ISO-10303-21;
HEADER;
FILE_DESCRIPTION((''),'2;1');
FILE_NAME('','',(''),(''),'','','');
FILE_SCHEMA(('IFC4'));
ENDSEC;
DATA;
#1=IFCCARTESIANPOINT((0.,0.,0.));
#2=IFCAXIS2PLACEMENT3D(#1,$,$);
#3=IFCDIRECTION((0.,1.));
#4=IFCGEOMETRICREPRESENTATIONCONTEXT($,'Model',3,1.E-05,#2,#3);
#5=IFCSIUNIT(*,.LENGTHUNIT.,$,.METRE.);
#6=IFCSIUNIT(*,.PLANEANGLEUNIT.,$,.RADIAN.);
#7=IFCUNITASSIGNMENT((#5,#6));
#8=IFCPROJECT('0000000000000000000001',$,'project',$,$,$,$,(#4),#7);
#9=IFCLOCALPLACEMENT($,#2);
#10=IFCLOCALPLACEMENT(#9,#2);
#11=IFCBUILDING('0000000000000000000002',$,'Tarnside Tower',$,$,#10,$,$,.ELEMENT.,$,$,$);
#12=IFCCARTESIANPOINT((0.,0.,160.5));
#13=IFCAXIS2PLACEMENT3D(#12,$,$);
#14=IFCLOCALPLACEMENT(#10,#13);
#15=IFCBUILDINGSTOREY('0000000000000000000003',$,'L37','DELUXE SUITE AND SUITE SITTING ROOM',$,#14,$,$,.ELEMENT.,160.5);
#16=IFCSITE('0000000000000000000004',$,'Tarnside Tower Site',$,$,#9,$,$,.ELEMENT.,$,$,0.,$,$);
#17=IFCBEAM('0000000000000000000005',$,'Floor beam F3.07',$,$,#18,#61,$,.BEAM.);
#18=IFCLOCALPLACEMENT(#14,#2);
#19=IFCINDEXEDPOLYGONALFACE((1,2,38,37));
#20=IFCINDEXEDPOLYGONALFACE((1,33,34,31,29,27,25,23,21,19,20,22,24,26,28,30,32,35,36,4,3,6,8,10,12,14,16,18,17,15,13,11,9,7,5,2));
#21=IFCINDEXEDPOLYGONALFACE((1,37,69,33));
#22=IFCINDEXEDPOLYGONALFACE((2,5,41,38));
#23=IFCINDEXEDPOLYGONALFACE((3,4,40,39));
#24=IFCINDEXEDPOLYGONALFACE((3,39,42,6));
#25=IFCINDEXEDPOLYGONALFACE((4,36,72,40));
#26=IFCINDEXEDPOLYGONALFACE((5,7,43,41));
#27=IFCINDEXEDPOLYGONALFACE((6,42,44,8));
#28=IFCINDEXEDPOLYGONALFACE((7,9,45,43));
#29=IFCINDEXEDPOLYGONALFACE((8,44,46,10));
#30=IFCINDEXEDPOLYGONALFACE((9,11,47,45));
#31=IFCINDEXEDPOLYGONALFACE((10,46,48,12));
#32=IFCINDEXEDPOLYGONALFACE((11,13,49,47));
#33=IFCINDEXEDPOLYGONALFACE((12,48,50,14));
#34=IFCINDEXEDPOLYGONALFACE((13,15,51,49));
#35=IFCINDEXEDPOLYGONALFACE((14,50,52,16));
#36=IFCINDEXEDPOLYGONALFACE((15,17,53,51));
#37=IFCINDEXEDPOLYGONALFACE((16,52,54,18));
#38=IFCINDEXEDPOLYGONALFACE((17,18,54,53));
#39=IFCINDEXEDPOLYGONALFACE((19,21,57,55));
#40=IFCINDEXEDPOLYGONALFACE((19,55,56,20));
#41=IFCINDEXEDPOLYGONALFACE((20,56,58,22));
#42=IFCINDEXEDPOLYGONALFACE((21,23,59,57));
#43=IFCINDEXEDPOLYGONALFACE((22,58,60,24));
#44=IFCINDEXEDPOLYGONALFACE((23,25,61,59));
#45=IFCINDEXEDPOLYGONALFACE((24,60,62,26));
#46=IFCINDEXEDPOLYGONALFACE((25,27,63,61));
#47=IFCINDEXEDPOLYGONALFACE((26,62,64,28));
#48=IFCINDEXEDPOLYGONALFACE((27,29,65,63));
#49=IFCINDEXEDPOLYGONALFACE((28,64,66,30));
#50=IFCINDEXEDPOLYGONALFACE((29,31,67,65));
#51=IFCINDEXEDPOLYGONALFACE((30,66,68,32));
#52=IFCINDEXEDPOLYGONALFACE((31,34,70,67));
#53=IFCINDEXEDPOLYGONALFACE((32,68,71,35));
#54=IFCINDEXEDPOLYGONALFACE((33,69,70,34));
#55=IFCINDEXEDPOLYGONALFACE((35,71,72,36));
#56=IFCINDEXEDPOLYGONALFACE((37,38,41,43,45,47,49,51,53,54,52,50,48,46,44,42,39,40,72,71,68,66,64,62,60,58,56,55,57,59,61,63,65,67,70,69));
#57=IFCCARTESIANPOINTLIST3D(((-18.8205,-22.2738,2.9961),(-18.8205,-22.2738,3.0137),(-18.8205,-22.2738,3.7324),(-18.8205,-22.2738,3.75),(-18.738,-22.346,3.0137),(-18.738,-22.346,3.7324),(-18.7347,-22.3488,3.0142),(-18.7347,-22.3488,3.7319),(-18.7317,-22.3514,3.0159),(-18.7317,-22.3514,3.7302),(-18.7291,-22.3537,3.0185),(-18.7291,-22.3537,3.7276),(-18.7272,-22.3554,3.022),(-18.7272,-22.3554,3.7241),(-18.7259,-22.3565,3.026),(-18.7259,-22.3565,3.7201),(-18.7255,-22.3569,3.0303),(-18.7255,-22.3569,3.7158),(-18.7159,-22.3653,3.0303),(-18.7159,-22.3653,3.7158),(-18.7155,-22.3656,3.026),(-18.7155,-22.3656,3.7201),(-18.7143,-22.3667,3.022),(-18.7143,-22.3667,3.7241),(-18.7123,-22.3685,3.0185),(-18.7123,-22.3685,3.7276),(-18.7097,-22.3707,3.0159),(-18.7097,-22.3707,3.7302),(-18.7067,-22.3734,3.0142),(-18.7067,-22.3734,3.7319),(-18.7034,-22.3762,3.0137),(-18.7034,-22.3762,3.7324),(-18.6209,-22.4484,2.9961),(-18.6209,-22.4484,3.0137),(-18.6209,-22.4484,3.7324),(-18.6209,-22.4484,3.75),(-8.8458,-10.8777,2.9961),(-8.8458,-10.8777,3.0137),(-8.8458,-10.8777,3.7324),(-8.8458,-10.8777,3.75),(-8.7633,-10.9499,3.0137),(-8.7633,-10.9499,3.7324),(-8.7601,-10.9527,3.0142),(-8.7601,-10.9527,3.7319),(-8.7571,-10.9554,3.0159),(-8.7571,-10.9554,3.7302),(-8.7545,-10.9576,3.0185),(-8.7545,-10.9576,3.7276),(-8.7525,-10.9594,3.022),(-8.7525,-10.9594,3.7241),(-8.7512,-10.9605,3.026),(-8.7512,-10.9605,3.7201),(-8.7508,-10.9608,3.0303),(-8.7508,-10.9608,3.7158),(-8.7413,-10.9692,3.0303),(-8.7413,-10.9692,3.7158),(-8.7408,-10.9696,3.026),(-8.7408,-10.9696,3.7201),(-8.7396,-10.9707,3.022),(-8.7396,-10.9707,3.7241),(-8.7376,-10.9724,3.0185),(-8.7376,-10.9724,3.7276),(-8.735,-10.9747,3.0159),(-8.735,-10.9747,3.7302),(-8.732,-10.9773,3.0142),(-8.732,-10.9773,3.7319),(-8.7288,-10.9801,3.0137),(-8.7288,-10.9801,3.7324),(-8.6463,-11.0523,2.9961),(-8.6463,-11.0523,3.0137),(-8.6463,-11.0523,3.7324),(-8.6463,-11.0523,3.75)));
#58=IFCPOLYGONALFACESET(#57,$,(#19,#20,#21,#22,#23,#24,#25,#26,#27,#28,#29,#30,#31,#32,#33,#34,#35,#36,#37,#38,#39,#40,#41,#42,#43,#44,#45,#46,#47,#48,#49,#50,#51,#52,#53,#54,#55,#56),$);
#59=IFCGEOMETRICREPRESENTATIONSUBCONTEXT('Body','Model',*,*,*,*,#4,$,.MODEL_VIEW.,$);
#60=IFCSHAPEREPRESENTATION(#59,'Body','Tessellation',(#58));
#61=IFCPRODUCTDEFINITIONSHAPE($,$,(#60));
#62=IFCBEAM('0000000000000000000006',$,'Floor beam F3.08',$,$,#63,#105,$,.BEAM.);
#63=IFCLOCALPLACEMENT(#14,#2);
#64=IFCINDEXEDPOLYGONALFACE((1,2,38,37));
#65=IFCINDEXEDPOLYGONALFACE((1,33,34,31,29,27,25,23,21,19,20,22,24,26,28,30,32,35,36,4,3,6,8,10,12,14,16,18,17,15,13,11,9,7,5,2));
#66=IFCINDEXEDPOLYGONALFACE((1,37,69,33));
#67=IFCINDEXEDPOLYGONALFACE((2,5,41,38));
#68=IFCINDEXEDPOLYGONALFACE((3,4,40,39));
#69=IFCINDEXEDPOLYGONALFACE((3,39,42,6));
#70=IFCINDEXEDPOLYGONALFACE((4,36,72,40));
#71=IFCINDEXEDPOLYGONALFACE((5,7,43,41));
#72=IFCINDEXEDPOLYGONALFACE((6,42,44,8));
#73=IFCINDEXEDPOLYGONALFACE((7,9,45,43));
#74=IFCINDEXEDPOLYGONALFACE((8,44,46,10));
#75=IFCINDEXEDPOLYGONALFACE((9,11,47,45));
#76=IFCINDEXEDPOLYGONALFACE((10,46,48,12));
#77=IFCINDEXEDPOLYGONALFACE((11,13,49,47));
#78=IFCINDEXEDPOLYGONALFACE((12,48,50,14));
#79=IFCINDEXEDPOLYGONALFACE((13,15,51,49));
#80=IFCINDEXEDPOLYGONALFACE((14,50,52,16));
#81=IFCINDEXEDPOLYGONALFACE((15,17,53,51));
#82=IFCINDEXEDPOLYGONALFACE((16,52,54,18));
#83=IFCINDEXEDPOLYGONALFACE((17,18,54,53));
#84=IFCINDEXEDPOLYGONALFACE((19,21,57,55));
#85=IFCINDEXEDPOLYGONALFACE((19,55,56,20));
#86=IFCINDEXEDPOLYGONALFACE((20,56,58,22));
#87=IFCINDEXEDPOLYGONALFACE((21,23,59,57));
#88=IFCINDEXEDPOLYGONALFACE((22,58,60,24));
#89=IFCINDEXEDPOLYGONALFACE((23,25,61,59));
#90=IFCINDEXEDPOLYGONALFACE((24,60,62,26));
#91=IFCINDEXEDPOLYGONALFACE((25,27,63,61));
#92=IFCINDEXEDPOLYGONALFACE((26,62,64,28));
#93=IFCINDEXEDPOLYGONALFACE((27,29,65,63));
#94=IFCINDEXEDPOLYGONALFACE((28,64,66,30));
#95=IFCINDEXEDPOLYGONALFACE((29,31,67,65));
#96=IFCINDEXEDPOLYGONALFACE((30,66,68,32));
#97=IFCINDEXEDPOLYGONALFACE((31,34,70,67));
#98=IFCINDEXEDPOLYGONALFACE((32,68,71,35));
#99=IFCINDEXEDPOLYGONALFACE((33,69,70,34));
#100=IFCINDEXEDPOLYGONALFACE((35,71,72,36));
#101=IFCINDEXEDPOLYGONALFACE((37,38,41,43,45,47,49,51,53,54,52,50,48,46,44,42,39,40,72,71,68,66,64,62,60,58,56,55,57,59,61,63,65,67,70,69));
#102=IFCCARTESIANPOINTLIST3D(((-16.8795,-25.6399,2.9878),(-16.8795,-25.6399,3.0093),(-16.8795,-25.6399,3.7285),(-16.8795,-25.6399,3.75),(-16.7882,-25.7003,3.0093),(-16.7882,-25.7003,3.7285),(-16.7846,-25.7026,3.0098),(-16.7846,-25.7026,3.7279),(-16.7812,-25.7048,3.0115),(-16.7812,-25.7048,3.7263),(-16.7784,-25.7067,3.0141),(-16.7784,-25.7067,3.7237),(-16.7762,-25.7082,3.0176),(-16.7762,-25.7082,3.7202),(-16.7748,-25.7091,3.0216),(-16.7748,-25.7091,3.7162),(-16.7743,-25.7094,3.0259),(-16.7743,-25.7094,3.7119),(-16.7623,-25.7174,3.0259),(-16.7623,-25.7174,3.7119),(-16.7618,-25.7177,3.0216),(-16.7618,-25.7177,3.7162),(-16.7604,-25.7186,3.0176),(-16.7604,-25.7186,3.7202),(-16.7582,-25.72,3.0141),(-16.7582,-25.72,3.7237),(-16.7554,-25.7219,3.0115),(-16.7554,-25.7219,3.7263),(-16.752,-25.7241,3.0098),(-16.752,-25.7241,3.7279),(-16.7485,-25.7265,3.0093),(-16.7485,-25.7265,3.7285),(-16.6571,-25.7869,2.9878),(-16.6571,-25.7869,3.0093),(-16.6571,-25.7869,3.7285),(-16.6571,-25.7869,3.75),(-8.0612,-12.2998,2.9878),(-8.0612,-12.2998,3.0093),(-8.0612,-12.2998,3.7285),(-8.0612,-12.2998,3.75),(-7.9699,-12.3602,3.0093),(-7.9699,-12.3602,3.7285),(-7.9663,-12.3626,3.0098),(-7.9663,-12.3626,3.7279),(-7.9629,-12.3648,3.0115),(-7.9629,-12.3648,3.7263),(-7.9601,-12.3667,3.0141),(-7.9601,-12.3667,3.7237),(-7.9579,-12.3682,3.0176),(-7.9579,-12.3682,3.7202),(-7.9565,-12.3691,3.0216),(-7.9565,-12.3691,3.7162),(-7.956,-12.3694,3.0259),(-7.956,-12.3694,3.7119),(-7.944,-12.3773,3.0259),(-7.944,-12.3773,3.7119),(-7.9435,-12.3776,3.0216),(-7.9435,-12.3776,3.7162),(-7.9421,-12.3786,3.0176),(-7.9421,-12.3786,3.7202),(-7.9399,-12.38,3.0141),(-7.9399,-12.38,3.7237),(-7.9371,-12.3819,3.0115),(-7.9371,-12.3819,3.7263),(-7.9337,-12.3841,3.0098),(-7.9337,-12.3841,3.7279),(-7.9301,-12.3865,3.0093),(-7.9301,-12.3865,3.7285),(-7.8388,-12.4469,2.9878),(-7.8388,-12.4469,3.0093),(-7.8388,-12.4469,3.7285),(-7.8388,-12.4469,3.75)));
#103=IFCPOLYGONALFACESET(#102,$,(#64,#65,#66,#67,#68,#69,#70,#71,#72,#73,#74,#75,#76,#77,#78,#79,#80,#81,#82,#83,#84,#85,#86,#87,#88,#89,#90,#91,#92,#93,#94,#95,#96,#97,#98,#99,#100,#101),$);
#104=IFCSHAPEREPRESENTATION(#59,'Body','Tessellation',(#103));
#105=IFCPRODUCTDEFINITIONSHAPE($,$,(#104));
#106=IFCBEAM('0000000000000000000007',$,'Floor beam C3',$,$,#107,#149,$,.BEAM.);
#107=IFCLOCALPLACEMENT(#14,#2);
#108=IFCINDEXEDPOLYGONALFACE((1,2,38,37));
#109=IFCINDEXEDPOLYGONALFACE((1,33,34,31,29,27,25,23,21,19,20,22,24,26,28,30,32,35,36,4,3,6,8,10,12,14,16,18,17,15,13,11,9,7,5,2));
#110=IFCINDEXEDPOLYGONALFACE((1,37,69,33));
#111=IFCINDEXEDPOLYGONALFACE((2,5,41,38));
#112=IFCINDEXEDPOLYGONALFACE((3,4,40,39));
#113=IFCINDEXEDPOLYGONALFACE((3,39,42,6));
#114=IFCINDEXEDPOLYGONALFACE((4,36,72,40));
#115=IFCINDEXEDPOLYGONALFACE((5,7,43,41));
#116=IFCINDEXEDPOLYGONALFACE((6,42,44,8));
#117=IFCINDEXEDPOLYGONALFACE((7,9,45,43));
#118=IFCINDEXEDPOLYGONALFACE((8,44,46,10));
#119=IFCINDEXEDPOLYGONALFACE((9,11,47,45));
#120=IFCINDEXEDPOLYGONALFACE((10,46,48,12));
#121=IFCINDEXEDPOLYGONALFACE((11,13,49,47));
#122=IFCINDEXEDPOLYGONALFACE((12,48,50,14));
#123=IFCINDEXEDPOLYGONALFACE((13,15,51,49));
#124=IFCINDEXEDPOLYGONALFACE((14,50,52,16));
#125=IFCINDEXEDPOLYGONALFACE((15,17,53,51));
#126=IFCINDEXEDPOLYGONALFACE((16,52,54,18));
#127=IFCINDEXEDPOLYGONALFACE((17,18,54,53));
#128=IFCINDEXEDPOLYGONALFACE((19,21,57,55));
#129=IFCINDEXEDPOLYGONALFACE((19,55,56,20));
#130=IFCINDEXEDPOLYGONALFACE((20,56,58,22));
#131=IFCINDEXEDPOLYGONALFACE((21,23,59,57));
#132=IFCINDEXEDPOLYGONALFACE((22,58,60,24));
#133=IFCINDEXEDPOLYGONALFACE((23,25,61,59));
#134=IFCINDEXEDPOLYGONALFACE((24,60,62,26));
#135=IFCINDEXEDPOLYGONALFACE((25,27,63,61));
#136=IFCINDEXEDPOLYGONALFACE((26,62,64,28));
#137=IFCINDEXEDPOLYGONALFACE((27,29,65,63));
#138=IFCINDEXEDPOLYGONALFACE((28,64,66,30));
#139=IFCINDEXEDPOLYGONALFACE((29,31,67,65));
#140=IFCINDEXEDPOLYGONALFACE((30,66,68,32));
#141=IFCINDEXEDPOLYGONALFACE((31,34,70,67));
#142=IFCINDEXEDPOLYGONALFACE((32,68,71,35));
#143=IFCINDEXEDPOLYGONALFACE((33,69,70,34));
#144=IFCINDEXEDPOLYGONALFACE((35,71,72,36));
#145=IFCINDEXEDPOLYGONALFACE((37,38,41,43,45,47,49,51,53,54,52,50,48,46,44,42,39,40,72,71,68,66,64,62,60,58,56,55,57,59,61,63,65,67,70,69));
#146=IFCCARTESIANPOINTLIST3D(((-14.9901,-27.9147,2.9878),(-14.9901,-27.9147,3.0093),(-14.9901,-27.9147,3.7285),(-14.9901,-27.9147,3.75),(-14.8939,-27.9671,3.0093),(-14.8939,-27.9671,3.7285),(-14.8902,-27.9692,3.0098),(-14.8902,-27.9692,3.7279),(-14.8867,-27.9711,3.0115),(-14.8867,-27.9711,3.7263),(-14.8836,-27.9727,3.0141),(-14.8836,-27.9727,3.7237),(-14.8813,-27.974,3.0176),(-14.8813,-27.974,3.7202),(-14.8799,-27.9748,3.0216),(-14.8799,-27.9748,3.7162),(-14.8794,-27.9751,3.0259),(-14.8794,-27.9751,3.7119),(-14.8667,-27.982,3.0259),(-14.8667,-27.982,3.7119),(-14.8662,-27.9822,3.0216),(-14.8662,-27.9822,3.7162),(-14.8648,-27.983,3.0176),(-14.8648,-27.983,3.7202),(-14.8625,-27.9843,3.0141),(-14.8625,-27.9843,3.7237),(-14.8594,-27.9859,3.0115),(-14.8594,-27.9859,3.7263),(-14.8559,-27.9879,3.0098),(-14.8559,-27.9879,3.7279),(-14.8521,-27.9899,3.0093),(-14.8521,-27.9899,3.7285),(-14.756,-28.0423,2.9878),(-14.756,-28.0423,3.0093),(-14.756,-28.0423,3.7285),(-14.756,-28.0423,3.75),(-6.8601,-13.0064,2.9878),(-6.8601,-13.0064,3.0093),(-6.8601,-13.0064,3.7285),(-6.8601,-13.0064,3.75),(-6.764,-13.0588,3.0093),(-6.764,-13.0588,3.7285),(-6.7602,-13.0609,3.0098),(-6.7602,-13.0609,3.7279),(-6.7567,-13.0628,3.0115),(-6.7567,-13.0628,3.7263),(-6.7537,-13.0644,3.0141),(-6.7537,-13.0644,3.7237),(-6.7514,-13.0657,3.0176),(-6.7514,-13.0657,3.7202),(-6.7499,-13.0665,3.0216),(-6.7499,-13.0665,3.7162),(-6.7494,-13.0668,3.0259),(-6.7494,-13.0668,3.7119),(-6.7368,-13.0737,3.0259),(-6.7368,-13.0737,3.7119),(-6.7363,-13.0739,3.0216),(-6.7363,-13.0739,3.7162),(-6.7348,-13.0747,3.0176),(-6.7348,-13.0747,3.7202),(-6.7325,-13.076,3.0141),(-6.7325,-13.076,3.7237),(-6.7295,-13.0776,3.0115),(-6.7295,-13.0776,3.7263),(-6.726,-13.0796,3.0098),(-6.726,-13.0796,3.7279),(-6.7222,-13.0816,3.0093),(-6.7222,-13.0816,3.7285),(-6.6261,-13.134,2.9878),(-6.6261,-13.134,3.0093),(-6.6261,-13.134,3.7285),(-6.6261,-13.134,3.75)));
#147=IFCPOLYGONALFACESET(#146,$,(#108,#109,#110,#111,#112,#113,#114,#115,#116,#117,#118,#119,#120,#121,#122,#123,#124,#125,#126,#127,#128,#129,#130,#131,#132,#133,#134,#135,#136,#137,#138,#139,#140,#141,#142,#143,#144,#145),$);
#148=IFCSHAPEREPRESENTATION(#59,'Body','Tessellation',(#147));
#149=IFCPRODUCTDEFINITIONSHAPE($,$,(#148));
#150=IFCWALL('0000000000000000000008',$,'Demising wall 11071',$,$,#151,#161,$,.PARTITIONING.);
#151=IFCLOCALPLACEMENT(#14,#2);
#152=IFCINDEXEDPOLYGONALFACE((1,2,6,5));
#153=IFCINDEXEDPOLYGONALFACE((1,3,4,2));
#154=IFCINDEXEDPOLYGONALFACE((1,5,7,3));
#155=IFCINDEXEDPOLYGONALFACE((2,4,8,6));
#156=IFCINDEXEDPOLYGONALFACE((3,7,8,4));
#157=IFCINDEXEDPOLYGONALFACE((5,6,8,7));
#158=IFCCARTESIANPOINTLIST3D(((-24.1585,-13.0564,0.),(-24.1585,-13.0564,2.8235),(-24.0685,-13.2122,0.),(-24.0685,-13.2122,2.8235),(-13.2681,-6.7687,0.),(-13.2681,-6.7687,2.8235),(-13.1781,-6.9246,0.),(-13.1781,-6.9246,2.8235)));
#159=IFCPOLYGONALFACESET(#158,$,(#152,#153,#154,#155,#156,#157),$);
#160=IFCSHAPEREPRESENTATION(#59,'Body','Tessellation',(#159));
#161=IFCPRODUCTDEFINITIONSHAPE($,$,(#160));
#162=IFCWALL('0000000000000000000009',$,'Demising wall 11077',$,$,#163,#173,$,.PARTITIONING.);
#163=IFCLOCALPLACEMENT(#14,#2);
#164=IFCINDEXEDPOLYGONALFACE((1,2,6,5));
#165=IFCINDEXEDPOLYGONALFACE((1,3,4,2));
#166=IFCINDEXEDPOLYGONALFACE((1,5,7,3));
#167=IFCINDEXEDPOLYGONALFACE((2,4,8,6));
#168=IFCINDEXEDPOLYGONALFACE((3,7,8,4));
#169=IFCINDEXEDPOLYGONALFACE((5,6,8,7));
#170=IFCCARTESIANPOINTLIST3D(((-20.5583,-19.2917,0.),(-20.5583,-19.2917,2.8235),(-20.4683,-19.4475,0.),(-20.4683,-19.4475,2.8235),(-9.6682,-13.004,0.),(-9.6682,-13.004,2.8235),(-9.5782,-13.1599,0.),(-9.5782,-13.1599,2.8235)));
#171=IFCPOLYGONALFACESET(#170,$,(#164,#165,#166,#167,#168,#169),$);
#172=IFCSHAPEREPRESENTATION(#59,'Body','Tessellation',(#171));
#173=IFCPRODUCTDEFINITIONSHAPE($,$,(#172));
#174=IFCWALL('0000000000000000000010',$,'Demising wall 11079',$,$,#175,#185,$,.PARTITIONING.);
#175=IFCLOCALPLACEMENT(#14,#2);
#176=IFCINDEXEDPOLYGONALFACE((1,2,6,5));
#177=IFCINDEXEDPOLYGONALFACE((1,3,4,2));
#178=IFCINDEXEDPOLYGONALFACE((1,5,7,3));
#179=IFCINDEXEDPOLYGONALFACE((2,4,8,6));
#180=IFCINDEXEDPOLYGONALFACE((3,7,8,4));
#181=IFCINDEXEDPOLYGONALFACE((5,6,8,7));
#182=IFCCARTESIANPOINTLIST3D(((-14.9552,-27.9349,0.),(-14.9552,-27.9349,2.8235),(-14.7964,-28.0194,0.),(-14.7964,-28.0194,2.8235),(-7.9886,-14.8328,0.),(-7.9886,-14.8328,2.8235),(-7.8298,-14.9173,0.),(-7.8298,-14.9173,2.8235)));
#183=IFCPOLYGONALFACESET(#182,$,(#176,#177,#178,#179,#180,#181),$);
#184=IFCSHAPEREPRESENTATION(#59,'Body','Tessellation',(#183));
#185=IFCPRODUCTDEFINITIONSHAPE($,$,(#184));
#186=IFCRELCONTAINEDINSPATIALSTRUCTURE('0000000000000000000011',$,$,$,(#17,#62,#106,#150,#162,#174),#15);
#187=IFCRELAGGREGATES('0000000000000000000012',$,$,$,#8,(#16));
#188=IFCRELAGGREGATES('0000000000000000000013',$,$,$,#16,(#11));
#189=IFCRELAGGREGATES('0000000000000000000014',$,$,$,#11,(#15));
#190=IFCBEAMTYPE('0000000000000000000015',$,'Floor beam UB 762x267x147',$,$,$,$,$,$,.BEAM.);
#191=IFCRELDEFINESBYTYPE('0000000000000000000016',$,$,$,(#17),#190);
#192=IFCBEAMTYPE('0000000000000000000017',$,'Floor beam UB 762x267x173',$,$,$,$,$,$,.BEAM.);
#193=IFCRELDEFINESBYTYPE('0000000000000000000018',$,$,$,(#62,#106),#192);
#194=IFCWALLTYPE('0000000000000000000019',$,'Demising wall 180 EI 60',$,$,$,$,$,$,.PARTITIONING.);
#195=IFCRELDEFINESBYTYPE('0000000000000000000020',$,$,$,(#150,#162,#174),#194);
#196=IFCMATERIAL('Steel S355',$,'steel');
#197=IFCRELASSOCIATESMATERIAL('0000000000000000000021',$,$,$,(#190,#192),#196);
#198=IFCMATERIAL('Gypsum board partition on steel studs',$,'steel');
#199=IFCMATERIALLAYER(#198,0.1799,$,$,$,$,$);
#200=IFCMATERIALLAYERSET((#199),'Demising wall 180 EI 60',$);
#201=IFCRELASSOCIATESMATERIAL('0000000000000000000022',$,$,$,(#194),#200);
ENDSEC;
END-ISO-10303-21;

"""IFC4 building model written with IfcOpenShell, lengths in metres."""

from ifc_helpers import new_model, si_unit, direction, frame, frame_2d, origin, origin_2d, place, context, subcontext, project, spatial, rectangle, i_section, extrude, material, layer, layer_set, material_profile, profile_set, type_object, element, save


model = new_model("IFC4")

# Units and contexts
model_context = context("Model", 3, precision=1e-05, world=origin(), true_north=direction((0.0, 1.0)))
body_context = subcontext(model_context, "Body", "Model", "MODEL_VIEW")
ifc_project = project(units=[si_unit("LENGTHUNIT", "METRE"), si_unit("PLANEANGLEUNIT", "RADIAN")], contexts=[model_context])

# Site, building, storey
site_placement = place(None, origin())
site = spatial("IfcSite", under=ifc_project, at=site_placement, Name="Tarnside Tower Site", CompositionType="ELEMENT", RefElevation=0.0)
building_placement = place(site_placement, origin())
building = spatial("IfcBuilding", under=site, at=building_placement, Name="Tarnside Tower", CompositionType="ELEMENT")
storey_placement = place(building_placement, frame((0.0, 0.0, 160.5)))
storey = spatial("IfcBuildingStorey", under=building, at=storey_placement, Name="L37", Description="DELUXE SUITE AND SUITE SITTING ROOM", CompositionType="ELEMENT", Elevation=160.5)

# Beams
ifc_material_1 = material(Name="Steel S355", Category="steel")
ifc_material_profile_1 = material_profile(ifc_material_1, i_section(OverallWidth=0.2651, OverallDepth=0.7539, WebThickness=0.0127, FlangeThickness=0.0176, FilletRadius=0.0166, at=origin_2d()), Name="UB 762x267x147")
ifc_profile_set_1 = profile_set([ifc_material_profile_1], Name="Steel S355")
beam_type_1 = type_object("IfcBeamType", Name="Floor beam UB 762x267x147", PredefinedType="BEAM", material=ifc_profile_set_1)
beam_1_placement = place(storey_placement, frame((-18.7207, -22.3611, 3.373), z_axis=(0.658621, 0.752475, 0.0), x_axis=(-0.752475, 0.658621, 0.0)))
element("IfcBeam", 1, at=beam_1_placement, inside=storey, type_object=beam_type_1, Name="Floor beam F3.07", PredefinedType="BEAM", context=body_context, shape_type="SweptSolid", body=[
    extrude(i_section(OverallWidth=0.2651, OverallDepth=0.7539, WebThickness=0.0127, FlangeThickness=0.0176, FilletRadius=0.0166, at=origin_2d()), origin(), (0.0, 0.0, 1.0), 15.1448),
])
ifc_material_profile_2 = material_profile(ifc_material_1, i_section(OverallWidth=0.2666, OverallDepth=0.7622, WebThickness=0.0144, FlangeThickness=0.0215, FilletRadius=0.0166, at=origin_2d()), Name="UB 762x267x173")
ifc_profile_set_2 = profile_set([ifc_material_profile_2], Name="Steel S355")
beam_type_2 = type_object("IfcBeamType", Name="Floor beam UB 762x267x173", PredefinedType="BEAM", material=ifc_profile_set_2)
beam_2_placement = place(storey_placement, frame((-16.7683, -25.7134, 3.3689), z_axis=(0.551448, 0.83421, 0.0), x_axis=(-0.83421, 0.551448, 0.0)))
element("IfcBeam", 2, at=beam_2_placement, inside=storey, type_object=beam_type_2, Name="Floor beam F3.08", PredefinedType="BEAM", context=body_context, shape_type="SweptSolid", body=[
    extrude(i_section(OverallWidth=0.2666, OverallDepth=0.7622, WebThickness=0.0144, FlangeThickness=0.0215, FilletRadius=0.0166, at=origin_2d()), origin(), (0.0, 0.0, 1.0), 15.9912),
])
beam_3_placement = place(storey_placement, frame((-14.873, -27.9785, 3.3689), z_axis=(0.478768, 0.877942, 0.0), x_axis=(-0.877942, 0.478768, 0.0)))
element("IfcBeam", 3, at=beam_3_placement, inside=storey, type_object=beam_type_2, Name="Floor beam C3", PredefinedType="BEAM", context=body_context, shape_type="SweptSolid", body=[
    extrude(i_section(OverallWidth=0.2666, OverallDepth=0.7622, WebThickness=0.0144, FlangeThickness=0.0215, FilletRadius=0.0166, at=origin_2d()), origin(), (0.0, 0.0, 1.0), 16.981),
])

# Walls
ifc_material_2 = material(Name="Gypsum board partition on steel studs", Category="steel")
ifc_layer_1 = layer(ifc_material_2, 0.1799)
ifc_layer_set_1 = layer_set([ifc_layer_1], Name="Demising wall 180 EI 60")
wall_type_1 = type_object("IfcWallType", Name="Demising wall 180 EI 60", PredefinedType="PARTITIONING", material=ifc_layer_set_1)
wall_1_placement = place(storey_placement, frame((-24.1135, -13.1343, 0.0), z_axis=(0.0, 0.0, 1.0), x_axis=(0.866024, 0.500002, 0.0)))
element("IfcWall", 4, at=wall_1_placement, inside=storey, type_object=wall_type_1, Name="Demising wall 11071", PredefinedType="PARTITIONING", context=body_context, shape_type="SweptSolid", body=[
    extrude(rectangle(XDim=12.5752, YDim=0.1799, at=frame_2d((6.2876, 0.0))), origin(), (0.0, 0.0, 1.0), 2.8235),
])
wall_2_placement = place(storey_placement, frame((-20.5134, -19.3696, 0.0), z_axis=(0.0, 0.0, 1.0), x_axis=(0.866019, 0.50001, 0.0)))
element("IfcWall", 5, at=wall_2_placement, inside=storey, type_object=wall_type_1, Name="Demising wall 11077", PredefinedType="PARTITIONING", context=body_context, shape_type="SweptSolid", body=[
    extrude(rectangle(XDim=12.575, YDim=0.1799, at=frame_2d((6.2876, 0.0))), origin(), (0.0, 0.0, 1.0), 2.8235),
])
wall_3_placement = place(storey_placement, frame((-14.8757, -27.9771, 0.0), z_axis=(0.0, 0.0, 1.0), x_axis=(0.469475, 0.882946, 0.0)))
element("IfcWall", 6, at=wall_3_placement, inside=storey, type_object=wall_type_1, Name="Demising wall 11079", PredefinedType="PARTITIONING", context=body_context, shape_type="SweptSolid", body=[
    extrude(rectangle(XDim=14.8391, YDim=0.1799, at=frame_2d((7.4194, 0.0))), origin(), (0.0, 0.0, 1.0), 2.8235),
])

save(model, "model.ifc")
